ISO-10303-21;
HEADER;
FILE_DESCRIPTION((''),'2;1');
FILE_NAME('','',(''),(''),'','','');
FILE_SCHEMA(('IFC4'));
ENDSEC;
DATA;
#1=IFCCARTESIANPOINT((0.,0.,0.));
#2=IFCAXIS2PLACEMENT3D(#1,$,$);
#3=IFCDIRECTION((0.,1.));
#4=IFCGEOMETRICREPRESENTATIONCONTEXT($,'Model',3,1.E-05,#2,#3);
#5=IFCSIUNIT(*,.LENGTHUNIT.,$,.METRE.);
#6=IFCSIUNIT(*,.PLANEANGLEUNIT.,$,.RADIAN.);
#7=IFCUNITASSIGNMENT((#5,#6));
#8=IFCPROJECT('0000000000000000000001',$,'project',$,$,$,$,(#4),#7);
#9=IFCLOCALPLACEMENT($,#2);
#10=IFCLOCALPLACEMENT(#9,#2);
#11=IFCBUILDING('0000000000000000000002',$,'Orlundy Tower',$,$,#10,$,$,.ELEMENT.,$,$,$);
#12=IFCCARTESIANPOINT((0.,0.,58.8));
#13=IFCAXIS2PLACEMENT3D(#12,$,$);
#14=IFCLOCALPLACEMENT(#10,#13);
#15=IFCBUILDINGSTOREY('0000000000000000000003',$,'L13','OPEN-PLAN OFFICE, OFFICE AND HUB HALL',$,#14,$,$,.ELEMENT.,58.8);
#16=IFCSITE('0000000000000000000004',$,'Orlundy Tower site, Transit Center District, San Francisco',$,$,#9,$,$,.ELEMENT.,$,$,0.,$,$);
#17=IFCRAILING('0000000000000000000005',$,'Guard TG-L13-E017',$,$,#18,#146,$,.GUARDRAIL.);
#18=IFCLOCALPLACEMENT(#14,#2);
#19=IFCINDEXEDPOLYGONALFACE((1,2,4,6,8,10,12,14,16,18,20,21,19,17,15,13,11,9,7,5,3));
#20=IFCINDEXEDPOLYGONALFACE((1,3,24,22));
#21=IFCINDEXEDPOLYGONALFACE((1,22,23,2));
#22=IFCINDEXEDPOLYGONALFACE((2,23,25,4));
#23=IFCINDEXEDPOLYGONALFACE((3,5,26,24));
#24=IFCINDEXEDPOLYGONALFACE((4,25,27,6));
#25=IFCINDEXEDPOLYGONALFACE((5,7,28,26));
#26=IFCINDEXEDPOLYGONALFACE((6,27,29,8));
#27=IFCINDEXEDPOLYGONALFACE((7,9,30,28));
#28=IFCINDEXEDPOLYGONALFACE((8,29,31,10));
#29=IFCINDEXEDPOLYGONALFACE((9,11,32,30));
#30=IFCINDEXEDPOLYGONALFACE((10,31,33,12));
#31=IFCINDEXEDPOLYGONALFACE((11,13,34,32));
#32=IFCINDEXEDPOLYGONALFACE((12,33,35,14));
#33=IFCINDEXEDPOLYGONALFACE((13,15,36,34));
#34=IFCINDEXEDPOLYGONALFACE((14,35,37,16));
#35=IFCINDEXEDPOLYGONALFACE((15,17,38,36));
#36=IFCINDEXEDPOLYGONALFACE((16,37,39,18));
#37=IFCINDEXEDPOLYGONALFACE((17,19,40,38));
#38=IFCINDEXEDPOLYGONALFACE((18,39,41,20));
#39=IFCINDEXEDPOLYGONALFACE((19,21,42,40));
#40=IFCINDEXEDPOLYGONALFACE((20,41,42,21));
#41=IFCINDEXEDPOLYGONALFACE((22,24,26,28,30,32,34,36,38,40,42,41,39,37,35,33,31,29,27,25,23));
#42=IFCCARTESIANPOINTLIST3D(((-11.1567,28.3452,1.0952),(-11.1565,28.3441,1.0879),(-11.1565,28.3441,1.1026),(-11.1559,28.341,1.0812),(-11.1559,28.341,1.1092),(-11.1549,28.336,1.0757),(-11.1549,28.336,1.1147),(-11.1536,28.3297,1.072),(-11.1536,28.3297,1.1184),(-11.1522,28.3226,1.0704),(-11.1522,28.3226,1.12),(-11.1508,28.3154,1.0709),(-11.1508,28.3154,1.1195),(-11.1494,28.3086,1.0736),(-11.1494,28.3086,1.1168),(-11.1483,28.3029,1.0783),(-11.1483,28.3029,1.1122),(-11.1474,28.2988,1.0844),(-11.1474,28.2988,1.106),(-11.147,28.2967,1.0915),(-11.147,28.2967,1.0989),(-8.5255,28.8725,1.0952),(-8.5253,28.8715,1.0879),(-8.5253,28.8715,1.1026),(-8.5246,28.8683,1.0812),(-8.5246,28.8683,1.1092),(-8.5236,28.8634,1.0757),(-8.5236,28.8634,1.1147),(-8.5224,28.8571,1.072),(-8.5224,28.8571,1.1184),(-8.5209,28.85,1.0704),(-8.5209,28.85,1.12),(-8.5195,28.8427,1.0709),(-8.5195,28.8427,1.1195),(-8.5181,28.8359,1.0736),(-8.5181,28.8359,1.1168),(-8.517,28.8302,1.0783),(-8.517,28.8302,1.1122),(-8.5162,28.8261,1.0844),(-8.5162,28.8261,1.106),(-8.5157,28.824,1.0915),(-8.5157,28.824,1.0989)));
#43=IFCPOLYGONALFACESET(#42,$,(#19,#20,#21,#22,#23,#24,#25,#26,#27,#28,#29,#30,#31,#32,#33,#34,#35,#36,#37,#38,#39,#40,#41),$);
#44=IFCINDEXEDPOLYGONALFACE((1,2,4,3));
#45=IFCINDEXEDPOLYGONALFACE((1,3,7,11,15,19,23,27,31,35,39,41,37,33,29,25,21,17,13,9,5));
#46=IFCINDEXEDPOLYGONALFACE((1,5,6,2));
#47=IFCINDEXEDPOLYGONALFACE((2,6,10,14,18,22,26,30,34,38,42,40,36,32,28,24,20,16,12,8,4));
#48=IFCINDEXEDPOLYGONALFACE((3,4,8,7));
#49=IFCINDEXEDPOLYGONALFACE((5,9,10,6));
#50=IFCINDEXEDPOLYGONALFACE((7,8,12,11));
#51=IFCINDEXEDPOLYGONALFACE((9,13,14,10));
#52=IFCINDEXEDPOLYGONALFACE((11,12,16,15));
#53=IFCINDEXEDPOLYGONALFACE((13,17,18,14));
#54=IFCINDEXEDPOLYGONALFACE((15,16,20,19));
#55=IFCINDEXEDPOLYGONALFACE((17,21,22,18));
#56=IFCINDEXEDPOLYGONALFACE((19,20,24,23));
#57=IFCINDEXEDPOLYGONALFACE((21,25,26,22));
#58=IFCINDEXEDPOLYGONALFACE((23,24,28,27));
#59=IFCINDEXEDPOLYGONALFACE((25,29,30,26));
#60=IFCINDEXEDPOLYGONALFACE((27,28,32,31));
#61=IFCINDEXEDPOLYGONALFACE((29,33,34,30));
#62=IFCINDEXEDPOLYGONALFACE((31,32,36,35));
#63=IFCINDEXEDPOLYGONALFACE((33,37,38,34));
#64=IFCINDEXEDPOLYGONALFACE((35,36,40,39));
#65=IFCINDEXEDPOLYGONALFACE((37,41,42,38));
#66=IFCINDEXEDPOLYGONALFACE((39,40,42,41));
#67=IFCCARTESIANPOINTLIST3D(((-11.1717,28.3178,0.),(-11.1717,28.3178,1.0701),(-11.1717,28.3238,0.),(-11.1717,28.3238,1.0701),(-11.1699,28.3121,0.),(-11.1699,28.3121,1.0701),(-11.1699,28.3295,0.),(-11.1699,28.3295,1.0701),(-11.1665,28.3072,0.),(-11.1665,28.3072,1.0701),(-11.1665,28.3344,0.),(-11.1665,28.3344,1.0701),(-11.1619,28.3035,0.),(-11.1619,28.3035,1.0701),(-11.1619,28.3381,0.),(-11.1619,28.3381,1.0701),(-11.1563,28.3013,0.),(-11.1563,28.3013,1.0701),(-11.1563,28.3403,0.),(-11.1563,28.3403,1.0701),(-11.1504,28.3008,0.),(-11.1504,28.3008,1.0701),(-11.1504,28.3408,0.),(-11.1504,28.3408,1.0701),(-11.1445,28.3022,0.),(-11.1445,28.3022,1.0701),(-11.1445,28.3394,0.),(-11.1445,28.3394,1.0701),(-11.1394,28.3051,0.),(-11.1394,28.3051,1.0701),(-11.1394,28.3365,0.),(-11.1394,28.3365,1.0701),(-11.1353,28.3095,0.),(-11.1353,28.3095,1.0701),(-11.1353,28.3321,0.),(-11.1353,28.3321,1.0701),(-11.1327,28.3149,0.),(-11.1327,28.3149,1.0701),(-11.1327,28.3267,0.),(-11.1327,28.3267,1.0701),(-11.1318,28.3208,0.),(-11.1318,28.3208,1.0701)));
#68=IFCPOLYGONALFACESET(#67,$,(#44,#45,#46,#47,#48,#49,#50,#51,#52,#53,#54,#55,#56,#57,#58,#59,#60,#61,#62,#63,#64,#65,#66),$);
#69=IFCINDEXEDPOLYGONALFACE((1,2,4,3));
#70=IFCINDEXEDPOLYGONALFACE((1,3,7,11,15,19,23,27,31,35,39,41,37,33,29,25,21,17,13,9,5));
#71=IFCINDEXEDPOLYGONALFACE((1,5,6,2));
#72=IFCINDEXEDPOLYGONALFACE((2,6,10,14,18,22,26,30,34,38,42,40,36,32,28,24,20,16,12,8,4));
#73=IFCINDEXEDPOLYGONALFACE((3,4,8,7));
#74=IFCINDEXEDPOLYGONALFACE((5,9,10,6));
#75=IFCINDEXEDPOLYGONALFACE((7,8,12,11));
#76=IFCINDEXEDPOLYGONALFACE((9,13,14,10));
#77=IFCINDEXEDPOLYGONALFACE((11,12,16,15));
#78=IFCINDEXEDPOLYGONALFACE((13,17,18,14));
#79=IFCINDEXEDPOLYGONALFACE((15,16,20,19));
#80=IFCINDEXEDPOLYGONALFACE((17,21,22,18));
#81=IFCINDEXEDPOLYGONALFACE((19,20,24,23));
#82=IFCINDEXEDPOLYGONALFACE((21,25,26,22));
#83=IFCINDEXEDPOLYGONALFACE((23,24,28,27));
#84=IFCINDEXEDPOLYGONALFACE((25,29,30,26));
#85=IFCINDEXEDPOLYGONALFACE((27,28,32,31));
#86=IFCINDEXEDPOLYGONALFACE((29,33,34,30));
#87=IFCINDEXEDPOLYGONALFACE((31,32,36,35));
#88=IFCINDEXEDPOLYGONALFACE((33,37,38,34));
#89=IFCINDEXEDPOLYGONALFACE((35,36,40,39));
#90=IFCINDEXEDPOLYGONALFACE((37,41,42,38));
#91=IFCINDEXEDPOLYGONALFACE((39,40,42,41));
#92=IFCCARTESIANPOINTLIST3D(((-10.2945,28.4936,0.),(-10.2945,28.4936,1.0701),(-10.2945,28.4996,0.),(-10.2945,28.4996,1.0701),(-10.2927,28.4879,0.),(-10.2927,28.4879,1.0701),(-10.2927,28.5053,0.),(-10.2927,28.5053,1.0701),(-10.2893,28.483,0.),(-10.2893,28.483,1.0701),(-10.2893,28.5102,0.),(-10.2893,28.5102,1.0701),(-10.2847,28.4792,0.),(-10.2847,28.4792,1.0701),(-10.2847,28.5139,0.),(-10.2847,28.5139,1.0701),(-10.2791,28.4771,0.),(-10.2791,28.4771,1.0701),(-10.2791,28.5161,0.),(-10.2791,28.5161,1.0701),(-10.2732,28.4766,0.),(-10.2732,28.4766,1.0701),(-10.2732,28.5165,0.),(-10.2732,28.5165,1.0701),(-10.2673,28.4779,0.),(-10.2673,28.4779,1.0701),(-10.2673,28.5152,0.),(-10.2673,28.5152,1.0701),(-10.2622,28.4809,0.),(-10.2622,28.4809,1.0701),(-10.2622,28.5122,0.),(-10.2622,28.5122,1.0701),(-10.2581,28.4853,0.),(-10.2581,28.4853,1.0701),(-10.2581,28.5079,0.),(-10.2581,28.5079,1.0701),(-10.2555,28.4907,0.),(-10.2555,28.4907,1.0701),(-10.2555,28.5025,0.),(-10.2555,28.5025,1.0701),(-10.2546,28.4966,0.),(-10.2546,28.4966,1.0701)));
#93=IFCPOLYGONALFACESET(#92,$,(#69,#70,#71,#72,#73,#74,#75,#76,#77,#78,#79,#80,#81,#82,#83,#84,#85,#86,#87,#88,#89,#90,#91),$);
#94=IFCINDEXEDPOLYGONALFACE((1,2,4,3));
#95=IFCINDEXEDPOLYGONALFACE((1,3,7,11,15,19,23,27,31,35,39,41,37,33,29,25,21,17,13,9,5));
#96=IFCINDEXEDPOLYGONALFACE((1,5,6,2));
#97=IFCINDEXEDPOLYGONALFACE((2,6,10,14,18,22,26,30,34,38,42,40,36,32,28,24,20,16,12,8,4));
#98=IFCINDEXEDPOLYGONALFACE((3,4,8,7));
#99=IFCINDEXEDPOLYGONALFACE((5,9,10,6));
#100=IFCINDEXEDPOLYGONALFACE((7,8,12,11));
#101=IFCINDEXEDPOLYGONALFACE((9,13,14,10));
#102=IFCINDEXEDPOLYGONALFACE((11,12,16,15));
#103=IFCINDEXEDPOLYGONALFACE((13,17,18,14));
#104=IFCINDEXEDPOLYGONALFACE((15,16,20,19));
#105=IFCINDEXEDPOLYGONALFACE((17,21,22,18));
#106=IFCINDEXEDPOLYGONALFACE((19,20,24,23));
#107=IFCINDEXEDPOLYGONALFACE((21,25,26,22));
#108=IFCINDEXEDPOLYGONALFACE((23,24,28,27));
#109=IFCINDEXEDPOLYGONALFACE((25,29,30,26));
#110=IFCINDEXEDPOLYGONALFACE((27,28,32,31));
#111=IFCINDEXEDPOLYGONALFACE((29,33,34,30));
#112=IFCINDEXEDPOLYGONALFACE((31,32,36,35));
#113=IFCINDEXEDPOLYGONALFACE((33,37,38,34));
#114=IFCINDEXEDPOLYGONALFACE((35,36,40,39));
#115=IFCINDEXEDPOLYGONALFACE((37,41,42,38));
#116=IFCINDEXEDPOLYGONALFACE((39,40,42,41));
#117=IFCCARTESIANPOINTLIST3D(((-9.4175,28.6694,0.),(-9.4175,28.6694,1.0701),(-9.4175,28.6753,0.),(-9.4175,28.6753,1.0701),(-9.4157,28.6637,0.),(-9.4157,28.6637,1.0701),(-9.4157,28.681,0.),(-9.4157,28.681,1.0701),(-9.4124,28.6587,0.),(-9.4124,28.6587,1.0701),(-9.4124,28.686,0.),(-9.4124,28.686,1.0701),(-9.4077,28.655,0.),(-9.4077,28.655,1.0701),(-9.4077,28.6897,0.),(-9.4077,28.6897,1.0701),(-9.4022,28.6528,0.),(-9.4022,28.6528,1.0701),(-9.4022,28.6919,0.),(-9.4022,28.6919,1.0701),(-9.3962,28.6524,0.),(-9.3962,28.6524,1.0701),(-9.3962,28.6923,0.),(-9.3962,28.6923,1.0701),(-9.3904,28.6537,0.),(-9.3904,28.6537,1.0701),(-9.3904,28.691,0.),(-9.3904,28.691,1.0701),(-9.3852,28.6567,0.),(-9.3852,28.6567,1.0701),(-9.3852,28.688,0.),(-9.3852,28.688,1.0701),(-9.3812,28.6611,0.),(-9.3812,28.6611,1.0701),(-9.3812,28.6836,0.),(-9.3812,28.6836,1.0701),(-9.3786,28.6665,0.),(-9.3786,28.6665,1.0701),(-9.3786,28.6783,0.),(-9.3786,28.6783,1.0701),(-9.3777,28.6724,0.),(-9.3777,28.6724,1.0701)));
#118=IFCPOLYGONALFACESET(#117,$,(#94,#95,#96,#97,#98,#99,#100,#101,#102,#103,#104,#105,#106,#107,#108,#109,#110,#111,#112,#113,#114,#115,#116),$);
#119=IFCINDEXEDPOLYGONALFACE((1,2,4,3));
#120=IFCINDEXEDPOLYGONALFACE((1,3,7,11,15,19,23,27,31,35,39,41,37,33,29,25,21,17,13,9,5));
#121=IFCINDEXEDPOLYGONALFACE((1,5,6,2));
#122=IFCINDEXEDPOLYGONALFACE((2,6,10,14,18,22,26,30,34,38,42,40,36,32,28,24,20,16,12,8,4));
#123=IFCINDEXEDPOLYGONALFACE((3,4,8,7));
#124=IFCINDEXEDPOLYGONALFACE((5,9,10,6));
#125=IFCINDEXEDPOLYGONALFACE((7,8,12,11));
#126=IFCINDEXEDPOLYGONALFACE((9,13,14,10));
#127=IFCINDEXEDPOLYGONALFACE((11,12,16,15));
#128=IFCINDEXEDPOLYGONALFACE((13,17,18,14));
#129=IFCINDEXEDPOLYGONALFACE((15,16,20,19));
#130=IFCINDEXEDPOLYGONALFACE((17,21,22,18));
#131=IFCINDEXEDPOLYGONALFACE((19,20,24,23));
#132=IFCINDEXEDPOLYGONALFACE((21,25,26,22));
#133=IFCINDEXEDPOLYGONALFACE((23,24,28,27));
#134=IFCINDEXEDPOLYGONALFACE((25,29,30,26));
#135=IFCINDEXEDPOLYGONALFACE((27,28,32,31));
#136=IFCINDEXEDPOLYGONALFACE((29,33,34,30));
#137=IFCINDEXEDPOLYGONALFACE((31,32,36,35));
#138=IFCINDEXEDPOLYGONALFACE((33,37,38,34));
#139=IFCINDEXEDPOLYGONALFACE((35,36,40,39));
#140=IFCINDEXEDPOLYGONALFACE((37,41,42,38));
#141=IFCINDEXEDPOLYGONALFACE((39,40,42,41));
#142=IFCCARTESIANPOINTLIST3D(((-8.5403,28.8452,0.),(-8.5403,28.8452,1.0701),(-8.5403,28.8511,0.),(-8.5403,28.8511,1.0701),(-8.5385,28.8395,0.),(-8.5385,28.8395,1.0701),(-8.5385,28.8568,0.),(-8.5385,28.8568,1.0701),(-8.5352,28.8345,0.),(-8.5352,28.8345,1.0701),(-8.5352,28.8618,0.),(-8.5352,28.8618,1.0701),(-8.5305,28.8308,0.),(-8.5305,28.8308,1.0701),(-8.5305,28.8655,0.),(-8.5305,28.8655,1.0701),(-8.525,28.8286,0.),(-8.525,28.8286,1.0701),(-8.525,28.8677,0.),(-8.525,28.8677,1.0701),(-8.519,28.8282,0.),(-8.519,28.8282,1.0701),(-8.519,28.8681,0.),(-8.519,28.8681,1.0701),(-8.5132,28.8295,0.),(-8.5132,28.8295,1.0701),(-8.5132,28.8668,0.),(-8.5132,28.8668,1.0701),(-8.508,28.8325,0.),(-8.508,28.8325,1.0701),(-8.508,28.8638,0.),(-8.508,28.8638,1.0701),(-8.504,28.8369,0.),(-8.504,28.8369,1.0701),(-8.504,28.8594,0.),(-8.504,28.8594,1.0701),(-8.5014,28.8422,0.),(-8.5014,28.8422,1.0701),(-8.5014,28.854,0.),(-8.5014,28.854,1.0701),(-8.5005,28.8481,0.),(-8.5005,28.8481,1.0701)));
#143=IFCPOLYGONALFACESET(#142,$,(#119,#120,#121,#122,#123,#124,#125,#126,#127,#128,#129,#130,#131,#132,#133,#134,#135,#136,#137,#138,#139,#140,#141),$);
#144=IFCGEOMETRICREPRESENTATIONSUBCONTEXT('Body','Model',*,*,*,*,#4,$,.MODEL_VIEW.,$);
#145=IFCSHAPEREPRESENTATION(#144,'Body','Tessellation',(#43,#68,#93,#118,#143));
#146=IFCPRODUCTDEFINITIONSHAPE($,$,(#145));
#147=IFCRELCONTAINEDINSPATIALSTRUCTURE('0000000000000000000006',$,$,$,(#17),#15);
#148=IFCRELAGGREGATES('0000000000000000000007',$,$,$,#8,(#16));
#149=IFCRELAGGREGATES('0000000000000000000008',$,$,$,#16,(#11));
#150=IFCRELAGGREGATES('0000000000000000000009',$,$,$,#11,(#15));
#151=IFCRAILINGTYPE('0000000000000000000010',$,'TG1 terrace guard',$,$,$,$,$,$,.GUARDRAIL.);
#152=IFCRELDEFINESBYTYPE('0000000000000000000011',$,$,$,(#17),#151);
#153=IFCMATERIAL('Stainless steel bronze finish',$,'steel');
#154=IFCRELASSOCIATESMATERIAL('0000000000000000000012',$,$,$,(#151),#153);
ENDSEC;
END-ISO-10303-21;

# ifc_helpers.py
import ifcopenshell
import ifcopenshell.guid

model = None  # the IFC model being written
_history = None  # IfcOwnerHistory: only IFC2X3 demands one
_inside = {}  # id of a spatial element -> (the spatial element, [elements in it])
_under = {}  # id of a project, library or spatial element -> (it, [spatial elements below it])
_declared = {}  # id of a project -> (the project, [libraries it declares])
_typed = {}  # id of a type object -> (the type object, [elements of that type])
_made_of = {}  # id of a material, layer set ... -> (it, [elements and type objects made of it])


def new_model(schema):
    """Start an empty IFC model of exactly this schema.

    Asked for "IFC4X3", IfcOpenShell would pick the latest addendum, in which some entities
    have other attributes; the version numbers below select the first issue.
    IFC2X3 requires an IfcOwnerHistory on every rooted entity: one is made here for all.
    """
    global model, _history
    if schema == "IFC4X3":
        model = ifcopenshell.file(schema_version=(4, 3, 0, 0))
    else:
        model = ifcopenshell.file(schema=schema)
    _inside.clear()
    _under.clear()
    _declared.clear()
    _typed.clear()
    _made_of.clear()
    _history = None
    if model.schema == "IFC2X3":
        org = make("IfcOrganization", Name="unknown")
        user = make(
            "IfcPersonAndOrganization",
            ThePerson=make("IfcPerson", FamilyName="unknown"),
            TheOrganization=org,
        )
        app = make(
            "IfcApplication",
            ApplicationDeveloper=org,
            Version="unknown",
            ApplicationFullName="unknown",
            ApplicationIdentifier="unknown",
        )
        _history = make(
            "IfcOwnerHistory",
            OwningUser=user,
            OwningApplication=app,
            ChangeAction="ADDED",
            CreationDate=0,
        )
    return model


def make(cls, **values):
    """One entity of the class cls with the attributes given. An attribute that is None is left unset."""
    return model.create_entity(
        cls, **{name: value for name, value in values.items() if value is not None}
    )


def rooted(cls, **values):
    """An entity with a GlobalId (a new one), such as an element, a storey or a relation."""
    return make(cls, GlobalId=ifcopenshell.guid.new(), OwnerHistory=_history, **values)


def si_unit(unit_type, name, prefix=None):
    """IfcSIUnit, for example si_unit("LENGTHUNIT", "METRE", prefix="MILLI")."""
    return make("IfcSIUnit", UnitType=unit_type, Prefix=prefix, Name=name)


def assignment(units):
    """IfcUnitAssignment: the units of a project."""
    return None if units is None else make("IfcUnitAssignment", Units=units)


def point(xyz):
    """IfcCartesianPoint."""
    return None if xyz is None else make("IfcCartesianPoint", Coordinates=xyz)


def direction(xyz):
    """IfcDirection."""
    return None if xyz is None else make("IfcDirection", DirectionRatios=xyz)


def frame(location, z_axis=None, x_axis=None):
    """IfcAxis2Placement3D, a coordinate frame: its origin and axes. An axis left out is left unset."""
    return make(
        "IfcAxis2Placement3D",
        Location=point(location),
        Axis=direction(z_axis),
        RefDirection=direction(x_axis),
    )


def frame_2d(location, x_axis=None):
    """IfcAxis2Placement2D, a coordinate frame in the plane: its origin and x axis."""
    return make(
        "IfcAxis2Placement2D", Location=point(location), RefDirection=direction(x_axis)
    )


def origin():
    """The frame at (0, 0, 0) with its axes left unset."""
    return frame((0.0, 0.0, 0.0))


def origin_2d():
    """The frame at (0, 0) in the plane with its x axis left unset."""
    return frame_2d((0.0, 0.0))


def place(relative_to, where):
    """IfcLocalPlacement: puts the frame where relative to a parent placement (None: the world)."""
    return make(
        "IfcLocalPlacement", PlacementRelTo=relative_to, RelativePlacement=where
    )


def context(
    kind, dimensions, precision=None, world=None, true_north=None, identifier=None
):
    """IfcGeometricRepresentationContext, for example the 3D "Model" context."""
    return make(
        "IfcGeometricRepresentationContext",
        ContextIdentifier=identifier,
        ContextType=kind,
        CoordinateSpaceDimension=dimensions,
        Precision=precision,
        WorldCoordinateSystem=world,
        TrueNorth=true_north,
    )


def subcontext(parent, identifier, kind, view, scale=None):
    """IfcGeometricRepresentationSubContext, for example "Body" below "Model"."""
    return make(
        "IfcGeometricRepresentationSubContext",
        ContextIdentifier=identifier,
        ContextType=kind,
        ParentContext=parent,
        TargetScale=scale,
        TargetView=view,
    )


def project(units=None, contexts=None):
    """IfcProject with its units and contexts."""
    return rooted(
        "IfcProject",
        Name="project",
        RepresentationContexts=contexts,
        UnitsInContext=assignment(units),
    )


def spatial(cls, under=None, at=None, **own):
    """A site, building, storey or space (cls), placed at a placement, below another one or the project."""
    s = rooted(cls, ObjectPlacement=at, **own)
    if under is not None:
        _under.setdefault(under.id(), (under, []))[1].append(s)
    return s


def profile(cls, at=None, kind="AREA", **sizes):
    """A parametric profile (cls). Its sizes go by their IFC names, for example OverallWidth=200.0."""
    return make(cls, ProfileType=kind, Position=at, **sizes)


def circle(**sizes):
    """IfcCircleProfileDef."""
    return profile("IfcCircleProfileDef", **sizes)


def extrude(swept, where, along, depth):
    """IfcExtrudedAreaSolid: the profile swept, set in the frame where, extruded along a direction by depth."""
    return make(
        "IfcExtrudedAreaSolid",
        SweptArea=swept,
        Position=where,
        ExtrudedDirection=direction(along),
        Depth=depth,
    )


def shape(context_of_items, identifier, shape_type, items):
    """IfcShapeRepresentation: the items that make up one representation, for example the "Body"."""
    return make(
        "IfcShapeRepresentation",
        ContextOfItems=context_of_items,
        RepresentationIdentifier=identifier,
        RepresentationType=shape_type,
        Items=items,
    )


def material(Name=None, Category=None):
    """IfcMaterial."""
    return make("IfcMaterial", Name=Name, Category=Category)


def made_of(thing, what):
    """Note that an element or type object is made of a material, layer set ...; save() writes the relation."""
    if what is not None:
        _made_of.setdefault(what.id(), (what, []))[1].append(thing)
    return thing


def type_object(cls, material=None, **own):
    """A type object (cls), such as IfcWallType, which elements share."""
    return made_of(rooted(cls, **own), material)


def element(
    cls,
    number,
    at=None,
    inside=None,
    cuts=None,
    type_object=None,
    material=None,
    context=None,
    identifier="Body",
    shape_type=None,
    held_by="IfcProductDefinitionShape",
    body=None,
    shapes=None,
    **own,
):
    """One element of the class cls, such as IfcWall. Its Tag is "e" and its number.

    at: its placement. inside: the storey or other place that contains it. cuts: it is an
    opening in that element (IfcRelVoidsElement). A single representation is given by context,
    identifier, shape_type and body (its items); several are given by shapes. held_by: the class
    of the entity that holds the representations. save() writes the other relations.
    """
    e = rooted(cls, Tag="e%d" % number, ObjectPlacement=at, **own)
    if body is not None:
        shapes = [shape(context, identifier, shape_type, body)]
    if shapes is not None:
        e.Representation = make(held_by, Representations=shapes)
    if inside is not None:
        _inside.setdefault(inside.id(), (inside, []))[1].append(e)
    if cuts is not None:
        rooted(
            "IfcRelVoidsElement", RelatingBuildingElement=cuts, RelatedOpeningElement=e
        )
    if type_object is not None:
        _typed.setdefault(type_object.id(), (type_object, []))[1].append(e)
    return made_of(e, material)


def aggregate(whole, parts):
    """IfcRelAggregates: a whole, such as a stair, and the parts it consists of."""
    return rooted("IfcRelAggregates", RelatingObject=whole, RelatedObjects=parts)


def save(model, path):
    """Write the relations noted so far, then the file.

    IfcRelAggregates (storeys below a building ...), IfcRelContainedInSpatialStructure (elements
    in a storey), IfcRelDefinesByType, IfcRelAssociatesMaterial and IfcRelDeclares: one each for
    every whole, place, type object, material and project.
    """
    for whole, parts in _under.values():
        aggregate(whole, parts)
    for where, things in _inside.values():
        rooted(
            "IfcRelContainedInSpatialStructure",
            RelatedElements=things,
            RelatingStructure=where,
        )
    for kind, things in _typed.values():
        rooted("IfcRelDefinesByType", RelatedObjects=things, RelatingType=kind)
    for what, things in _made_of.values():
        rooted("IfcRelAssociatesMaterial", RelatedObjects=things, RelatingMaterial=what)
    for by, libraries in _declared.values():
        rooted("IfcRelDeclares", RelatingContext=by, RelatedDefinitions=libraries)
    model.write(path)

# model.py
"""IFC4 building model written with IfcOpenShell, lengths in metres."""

from ifc_helpers import new_model, si_unit, direction, frame, origin, origin_2d, place, context, subcontext, project, spatial, circle, extrude, material, type_object, element, save


model = new_model("IFC4")

# Units and contexts
model_context = context("Model", 3, precision=1e-05, world=origin(), true_north=direction((0.0, 1.0)))
body_context = subcontext(model_context, "Body", "Model", "MODEL_VIEW")
ifc_project = project(units=[si_unit("LENGTHUNIT", "METRE"), si_unit("PLANEANGLEUNIT", "RADIAN")], contexts=[model_context])

# Site, building, storey
site_placement = place(None, origin())
site = spatial("IfcSite", under=ifc_project, at=site_placement, Name="Orlundy Tower site, Transit Center District, San Francisco", CompositionType="ELEMENT", RefElevation=0.0)
building_placement = place(site_placement, origin())
building = spatial("IfcBuilding", under=site, at=building_placement, Name="Orlundy Tower", CompositionType="ELEMENT")
storey_placement = place(building_placement, frame((0.0, 0.0, 58.8)))
storey = spatial("IfcBuildingStorey", under=building, at=storey_placement, Name="L13", Description="OPEN-PLAN OFFICE, OFFICE AND HUB HALL", CompositionType="ELEMENT", Elevation=58.8)

# Railing
ifc_material_1 = material(Name="Stainless steel bronze finish", Category="steel")
railing_type_1 = type_object("IfcRailingType", Name="TG1 terrace guard", PredefinedType="GUARDRAIL", material=ifc_material_1)
railing_1_placement = place(storey_placement, frame((-11.1519, 28.3208, 0.0)))
element("IfcRailing", 1, at=railing_1_placement, inside=storey, type_object=railing_type_1, Name="Guard TG-L13-E017", PredefinedType="GUARDRAIL", context=body_context, shape_type="SweptSolid", body=[
    extrude(circle(Radius=0.0249, at=origin_2d()), frame((0.0, 0.0, 1.0952), z_axis=(0.980504, 0.196501, 0.0), x_axis=(-0.196501, 0.980504, 0.0)), (0.0, 0.0, 1.0), 2.6836),
    extrude(circle(Radius=0.02, at=origin_2d()), origin(), (0.0, 0.0, 1.0), 1.0701),
    extrude(circle(Radius=0.02, at=origin_2d()), frame((0.8772, 0.1758, 0.0)), (0.0, 0.0, 1.0), 1.0701),
    extrude(circle(Radius=0.02, at=origin_2d()), frame((1.7542, 0.3516, 0.0)), (0.0, 0.0, 1.0), 1.0701),
    extrude(circle(Radius=0.02, at=origin_2d()), frame((2.6313, 0.5273, 0.0)), (0.0, 0.0, 1.0), 1.0701),
])

save(model, "model.ifc")
